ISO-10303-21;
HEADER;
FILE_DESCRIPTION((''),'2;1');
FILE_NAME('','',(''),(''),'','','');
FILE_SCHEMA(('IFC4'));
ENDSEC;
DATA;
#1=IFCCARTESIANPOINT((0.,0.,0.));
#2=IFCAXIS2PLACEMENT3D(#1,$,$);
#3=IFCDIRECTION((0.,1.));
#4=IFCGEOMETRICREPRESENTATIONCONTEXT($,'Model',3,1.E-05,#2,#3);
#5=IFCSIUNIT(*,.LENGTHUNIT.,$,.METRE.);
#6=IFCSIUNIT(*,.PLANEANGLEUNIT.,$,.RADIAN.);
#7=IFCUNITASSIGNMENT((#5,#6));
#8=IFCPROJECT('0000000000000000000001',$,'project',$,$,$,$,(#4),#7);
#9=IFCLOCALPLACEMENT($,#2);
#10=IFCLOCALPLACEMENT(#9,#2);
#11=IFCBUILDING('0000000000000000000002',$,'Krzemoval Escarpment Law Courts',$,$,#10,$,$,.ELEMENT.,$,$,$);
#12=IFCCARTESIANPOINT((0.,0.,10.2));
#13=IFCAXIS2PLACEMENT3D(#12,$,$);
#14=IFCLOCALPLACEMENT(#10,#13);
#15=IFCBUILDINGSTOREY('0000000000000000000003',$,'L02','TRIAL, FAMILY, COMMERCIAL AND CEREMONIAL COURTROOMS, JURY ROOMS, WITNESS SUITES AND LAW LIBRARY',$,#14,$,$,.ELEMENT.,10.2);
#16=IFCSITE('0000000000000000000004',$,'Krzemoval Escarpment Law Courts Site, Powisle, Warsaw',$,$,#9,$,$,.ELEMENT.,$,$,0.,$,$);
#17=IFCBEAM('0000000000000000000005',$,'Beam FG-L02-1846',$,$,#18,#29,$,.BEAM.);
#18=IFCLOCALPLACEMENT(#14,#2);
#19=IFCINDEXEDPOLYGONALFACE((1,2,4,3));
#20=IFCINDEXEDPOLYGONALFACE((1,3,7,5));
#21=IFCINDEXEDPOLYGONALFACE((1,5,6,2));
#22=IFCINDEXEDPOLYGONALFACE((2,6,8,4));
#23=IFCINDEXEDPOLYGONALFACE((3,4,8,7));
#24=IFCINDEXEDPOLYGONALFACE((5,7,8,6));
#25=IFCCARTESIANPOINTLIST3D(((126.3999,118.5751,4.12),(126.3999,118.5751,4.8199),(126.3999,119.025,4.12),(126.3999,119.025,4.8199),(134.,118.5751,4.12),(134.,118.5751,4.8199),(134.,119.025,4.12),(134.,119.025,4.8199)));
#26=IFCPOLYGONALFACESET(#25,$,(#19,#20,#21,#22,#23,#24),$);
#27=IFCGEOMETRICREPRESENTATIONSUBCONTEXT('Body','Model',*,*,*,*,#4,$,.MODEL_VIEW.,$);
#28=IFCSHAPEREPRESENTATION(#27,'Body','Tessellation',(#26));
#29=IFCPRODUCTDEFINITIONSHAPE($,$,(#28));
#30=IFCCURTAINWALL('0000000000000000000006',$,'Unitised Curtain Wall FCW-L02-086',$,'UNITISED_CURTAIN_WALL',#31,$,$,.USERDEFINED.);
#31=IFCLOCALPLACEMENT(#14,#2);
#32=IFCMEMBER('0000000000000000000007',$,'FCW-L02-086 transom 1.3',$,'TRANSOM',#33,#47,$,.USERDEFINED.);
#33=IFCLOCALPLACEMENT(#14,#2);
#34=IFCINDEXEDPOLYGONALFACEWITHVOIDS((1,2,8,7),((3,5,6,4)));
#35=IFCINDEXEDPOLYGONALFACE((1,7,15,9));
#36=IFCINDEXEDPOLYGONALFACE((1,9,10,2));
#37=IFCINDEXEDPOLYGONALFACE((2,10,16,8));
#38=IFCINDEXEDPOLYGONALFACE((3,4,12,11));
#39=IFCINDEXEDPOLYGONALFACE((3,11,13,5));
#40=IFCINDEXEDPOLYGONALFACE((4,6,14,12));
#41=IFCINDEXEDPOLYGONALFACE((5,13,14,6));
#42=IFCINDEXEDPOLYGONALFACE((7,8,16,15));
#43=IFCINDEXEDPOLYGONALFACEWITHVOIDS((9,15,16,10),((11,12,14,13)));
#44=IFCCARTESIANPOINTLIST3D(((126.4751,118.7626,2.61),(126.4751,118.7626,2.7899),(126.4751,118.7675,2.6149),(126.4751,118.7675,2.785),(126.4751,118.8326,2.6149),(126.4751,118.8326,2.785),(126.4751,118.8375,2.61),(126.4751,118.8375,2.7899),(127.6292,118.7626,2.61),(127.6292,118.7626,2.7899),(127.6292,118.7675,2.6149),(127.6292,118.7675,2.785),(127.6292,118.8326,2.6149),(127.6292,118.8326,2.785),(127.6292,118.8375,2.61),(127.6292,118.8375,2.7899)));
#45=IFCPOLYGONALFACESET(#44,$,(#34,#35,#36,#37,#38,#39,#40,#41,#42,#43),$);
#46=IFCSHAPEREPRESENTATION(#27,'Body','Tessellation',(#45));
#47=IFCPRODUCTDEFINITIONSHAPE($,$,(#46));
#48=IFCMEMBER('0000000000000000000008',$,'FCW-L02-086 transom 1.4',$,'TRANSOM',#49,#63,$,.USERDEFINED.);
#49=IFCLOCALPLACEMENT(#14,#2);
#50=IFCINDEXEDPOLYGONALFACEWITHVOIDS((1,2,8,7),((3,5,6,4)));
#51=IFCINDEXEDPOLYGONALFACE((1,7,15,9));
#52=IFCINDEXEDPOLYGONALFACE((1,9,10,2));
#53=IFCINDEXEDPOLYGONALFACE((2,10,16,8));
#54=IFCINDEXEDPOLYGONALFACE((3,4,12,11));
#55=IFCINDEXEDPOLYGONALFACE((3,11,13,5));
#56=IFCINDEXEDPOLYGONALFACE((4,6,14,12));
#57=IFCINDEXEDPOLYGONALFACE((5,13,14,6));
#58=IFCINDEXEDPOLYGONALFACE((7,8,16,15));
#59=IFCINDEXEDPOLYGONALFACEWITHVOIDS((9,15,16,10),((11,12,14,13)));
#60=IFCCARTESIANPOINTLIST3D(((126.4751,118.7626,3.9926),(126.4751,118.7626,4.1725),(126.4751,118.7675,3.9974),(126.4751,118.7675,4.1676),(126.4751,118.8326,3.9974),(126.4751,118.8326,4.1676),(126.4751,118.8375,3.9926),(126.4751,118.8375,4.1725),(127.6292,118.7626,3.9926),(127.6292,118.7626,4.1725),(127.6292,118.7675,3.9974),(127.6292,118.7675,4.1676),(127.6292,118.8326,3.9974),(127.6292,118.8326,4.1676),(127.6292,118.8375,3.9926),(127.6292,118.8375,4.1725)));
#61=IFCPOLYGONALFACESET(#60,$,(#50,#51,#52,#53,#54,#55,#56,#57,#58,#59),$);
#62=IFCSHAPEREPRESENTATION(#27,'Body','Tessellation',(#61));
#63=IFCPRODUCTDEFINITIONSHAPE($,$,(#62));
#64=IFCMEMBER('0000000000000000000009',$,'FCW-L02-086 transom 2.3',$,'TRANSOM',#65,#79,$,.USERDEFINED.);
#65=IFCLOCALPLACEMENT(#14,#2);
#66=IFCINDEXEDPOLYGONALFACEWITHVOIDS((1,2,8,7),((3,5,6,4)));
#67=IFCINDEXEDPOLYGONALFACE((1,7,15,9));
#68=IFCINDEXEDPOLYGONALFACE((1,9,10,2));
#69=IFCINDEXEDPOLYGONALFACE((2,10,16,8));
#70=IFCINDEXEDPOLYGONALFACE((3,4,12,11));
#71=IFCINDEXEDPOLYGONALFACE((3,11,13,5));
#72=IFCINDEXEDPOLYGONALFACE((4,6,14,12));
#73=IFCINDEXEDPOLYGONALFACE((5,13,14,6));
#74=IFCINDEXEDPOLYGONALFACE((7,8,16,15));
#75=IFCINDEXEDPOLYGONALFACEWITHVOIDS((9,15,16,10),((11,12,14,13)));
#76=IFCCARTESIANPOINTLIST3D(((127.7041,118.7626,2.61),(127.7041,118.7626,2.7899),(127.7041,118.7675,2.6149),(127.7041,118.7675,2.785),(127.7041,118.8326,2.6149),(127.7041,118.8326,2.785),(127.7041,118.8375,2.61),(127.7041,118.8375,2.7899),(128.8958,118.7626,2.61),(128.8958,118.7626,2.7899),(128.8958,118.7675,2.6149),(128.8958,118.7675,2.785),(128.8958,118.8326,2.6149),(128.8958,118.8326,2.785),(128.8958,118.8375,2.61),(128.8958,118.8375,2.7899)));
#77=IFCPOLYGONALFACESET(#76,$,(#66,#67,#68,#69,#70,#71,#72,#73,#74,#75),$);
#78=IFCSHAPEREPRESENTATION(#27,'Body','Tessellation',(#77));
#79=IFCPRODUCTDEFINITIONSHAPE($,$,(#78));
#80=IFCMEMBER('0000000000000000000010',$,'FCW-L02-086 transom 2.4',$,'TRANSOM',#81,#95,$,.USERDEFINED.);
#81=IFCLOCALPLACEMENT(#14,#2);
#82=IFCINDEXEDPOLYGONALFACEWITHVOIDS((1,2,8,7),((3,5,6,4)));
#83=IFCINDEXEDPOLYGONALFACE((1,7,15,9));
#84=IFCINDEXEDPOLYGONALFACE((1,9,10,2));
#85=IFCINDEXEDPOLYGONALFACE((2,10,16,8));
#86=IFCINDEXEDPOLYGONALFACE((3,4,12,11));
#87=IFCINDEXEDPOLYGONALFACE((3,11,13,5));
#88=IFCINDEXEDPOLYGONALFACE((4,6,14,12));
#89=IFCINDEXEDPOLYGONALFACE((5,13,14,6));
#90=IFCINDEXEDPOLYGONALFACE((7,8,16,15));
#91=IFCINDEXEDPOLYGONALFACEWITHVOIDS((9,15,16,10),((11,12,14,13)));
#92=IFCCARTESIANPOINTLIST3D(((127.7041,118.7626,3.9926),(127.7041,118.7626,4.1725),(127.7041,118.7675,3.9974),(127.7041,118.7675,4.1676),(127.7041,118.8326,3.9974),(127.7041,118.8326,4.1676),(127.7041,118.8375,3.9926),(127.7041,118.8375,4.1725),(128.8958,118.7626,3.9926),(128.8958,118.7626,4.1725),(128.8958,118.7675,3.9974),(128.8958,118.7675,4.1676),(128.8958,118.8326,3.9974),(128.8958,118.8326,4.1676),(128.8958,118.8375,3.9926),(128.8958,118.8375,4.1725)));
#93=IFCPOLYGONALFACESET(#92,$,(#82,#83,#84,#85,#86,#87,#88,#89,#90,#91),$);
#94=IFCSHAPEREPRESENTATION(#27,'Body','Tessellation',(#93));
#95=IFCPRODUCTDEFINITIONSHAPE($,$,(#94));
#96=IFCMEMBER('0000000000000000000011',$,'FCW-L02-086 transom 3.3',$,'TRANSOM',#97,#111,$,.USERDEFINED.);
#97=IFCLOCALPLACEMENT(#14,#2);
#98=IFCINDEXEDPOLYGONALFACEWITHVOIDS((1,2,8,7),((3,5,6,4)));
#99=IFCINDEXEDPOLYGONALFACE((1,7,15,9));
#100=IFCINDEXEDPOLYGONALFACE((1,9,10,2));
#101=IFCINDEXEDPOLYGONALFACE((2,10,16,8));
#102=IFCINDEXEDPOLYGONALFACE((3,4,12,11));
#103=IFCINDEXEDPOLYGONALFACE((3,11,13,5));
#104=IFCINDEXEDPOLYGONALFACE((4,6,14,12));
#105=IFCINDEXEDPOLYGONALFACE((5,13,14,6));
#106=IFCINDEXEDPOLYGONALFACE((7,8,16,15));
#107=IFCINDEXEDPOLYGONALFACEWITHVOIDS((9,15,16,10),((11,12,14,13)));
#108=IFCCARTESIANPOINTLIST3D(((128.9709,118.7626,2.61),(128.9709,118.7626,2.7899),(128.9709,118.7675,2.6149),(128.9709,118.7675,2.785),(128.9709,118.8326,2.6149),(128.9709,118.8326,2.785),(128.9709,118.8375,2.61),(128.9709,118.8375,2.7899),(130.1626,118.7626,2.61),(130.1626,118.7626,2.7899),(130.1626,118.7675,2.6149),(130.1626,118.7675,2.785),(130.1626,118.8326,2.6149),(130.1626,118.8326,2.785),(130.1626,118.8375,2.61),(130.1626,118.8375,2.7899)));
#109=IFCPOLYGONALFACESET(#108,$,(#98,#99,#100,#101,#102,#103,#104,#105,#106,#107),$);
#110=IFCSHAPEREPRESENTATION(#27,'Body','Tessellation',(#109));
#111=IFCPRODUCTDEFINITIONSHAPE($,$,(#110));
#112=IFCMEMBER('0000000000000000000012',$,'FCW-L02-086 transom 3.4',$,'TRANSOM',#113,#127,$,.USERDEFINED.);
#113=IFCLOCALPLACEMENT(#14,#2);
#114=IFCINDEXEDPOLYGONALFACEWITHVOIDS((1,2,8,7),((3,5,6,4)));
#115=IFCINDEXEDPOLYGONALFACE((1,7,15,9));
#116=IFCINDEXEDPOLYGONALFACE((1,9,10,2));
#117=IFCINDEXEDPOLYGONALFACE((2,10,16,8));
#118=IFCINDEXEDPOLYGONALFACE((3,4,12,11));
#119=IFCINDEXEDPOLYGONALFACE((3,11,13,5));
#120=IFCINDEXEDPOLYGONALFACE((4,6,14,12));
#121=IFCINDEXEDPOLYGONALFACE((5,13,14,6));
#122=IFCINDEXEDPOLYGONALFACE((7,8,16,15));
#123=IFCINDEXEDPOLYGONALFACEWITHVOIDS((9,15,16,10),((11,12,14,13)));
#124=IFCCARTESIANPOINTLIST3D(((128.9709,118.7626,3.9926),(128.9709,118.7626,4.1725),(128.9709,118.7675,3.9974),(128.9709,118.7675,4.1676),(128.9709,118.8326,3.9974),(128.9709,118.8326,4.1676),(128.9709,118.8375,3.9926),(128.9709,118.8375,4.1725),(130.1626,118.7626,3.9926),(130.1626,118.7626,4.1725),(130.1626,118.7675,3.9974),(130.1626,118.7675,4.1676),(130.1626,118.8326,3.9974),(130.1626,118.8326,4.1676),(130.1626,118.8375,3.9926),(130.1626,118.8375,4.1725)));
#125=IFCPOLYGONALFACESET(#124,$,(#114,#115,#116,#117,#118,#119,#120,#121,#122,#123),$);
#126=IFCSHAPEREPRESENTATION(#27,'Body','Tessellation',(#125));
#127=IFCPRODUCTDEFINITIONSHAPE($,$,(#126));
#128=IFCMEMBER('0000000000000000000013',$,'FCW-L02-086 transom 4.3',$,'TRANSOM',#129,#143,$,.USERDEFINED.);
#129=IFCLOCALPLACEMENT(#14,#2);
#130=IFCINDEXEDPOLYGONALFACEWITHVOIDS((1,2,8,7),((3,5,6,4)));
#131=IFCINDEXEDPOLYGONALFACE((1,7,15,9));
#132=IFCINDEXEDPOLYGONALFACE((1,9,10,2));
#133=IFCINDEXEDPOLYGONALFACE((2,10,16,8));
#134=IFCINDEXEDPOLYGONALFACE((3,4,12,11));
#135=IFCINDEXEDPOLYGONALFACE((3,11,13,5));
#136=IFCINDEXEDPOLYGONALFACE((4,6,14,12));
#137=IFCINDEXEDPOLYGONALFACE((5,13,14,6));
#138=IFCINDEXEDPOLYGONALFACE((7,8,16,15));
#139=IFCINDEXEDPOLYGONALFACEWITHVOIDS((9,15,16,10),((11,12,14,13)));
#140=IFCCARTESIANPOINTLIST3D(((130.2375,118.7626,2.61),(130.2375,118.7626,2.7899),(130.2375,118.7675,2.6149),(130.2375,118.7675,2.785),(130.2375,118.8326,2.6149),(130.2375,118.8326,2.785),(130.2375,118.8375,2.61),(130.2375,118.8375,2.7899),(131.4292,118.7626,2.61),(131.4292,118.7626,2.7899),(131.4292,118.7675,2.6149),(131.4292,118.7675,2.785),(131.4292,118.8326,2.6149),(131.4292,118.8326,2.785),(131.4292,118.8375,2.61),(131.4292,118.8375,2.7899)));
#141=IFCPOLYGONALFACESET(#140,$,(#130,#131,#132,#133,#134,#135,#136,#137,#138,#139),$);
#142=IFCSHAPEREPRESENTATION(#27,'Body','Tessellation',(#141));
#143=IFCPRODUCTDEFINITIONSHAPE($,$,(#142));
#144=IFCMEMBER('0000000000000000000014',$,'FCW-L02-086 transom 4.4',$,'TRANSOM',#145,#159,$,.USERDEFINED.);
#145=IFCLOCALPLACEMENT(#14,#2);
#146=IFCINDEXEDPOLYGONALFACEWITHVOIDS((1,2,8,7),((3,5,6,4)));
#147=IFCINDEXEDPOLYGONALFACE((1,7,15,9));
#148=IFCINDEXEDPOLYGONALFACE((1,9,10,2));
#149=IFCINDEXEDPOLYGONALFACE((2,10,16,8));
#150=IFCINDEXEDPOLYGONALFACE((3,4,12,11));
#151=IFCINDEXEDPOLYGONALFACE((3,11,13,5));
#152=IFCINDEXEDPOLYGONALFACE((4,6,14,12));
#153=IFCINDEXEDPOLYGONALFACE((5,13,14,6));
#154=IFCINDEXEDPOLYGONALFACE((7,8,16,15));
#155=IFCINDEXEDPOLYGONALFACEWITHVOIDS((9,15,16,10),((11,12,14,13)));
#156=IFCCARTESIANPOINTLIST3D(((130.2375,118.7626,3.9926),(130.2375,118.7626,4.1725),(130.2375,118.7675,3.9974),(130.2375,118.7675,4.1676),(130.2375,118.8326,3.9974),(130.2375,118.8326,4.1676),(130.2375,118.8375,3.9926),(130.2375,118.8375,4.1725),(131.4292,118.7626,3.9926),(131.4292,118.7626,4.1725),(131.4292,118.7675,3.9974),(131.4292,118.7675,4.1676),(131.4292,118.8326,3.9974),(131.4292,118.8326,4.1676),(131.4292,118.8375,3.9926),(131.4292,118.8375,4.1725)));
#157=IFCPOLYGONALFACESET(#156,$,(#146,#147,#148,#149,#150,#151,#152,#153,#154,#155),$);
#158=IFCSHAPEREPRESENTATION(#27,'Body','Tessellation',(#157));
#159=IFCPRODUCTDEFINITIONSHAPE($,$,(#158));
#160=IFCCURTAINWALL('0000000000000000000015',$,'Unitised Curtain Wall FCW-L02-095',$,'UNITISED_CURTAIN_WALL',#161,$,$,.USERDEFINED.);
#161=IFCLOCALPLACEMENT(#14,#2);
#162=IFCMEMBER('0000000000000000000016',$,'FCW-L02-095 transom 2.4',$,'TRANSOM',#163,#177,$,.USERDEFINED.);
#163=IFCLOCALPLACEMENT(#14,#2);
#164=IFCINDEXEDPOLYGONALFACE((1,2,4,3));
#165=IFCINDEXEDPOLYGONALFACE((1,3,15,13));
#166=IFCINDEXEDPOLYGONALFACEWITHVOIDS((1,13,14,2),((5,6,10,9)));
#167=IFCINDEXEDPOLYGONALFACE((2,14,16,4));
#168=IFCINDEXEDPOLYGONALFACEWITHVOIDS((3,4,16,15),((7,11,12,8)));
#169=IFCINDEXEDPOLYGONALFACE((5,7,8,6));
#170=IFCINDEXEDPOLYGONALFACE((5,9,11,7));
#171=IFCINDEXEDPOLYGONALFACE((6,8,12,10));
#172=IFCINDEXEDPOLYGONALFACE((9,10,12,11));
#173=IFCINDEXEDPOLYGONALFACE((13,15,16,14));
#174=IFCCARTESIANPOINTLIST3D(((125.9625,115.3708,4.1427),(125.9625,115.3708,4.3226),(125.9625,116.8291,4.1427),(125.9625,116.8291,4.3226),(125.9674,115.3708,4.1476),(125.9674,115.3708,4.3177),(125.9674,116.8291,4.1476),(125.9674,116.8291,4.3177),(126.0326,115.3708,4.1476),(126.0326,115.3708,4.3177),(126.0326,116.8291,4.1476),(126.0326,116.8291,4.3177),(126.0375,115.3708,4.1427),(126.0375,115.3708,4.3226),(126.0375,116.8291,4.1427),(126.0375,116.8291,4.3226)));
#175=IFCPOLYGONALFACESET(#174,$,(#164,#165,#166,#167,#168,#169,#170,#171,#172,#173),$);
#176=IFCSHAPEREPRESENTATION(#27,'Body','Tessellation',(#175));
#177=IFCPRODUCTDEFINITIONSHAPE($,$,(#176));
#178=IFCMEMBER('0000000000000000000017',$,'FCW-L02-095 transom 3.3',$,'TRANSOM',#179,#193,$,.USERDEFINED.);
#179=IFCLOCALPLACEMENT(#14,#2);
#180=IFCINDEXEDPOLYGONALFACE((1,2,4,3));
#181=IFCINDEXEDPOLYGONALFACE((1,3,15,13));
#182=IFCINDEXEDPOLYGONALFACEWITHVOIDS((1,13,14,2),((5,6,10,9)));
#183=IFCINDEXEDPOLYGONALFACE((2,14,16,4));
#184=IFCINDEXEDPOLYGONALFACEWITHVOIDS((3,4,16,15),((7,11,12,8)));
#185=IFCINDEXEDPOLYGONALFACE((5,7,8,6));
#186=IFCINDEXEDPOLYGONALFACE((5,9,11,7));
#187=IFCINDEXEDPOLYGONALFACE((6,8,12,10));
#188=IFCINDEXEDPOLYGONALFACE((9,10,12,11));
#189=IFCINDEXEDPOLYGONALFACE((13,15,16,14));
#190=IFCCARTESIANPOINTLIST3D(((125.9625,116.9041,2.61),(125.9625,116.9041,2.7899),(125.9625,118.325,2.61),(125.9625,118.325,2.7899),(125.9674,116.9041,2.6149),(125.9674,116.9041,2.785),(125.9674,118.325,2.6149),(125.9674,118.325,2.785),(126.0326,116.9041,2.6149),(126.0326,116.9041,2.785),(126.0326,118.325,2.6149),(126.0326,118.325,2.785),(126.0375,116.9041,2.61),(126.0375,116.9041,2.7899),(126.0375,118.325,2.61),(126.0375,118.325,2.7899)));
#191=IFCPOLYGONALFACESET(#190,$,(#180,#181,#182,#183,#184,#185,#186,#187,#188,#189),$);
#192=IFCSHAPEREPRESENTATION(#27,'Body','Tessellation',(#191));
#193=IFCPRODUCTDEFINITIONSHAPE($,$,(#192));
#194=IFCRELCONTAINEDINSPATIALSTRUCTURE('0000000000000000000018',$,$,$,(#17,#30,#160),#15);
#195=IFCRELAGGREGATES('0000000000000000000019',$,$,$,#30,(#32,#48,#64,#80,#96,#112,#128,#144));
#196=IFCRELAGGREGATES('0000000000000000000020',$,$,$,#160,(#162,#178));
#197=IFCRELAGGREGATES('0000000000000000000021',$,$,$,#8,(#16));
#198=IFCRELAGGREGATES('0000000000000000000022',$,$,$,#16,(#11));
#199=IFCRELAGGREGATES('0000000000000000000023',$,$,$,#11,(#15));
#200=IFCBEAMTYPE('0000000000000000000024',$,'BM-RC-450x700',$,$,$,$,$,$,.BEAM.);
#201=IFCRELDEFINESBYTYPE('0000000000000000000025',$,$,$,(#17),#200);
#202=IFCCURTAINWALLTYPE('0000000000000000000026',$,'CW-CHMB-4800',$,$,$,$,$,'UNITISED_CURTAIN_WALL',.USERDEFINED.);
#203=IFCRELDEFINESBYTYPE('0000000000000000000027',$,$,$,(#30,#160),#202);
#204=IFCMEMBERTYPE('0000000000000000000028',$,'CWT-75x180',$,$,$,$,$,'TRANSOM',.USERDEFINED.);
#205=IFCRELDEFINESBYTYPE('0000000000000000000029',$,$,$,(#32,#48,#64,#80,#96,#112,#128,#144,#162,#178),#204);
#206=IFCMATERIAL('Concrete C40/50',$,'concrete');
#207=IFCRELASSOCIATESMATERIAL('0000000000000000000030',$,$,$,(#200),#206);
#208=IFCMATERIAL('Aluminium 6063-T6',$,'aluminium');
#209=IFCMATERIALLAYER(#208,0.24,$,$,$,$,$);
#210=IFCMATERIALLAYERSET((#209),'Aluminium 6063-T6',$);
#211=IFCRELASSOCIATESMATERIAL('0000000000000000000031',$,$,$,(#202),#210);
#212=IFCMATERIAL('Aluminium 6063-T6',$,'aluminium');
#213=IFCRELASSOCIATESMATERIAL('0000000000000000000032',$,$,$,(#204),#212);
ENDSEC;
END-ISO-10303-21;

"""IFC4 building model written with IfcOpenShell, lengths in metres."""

from ifc_helpers import new_model, si_unit, direction, frame, origin, origin_2d, place, context, subcontext, project, spatial, rectangle, hollow_rectangle, extrude, material, layer, layer_set, material_profile, profile_set, type_object, element, aggregate, save


model = new_model("IFC4")

# Units and contexts
model_context = context("Model", 3, precision=1e-05, world=origin(), true_north=direction((0.0, 1.0)))
body_context = subcontext(model_context, "Body", "Model", "MODEL_VIEW")
ifc_project = project(units=[si_unit("LENGTHUNIT", "METRE"), si_unit("PLANEANGLEUNIT", "RADIAN")], contexts=[model_context])

# Site, building, storey
site_placement = place(None, origin())
site = spatial("IfcSite", under=ifc_project, at=site_placement, Name="Krzemoval Escarpment Law Courts Site, Powisle, Warsaw", CompositionType="ELEMENT", RefElevation=0.0)
building_placement = place(site_placement, origin())
building = spatial("IfcBuilding", under=site, at=building_placement, Name="Krzemoval Escarpment Law Courts", CompositionType="ELEMENT")
storey_placement = place(building_placement, frame((0.0, 0.0, 10.2)))
storey = spatial("IfcBuildingStorey", under=building, at=storey_placement, Name="L02", Description="TRIAL, FAMILY, COMMERCIAL AND CEREMONIAL COURTROOMS, JURY ROOMS, WITNESS SUITES AND LAW LIBRARY", CompositionType="ELEMENT", Elevation=10.2)

# Beam
ifc_material_1 = material(Name="Concrete C40/50", Category="concrete")
ifc_material_profile_1 = material_profile(ifc_material_1, rectangle(XDim=0.45, YDim=0.7, at=origin_2d()), Name="RCB 450x700")
ifc_profile_set_1 = profile_set([ifc_material_profile_1], Name="Concrete C40/50")
beam_type = type_object("IfcBeamType", Name="BM-RC-450x700", PredefinedType="BEAM", material=ifc_profile_set_1)
beam_placement = place(storey_placement, frame((126.3999, 118.8, 4.47), z_axis=(1.0, 0.0, 0.0), x_axis=(0.0, 1.0, 0.0)))
element("IfcBeam", 1, at=beam_placement, inside=storey, type_object=beam_type, Name="Beam FG-L02-1846", PredefinedType="BEAM", context=body_context, shape_type="SweptSolid", body=[
    extrude(rectangle(XDim=0.45, YDim=0.7, at=origin_2d()), origin(), (0.0, 0.0, 1.0), 7.6001),
])

# Curtain walls, members
ifc_material_2 = material(Name="Aluminium 6063-T6", Category="aluminium")
ifc_layer_1 = layer(ifc_material_2, 0.24)
ifc_layer_set_1 = layer_set([ifc_layer_1], Name="Aluminium 6063-T6")
curtain_wall_type = type_object("IfcCurtainWallType", Name="CW-CHMB-4800", ElementType="UNITISED_CURTAIN_WALL", PredefinedType="USERDEFINED", material=ifc_layer_set_1)
curtain_wall_1_placement = place(storey_placement, origin())
curtain_wall_1 = element("IfcCurtainWall", 2, at=curtain_wall_1_placement, inside=storey, type_object=curtain_wall_type, Name="Unitised Curtain Wall FCW-L02-086", ObjectType="UNITISED_CURTAIN_WALL", PredefinedType="USERDEFINED")
ifc_material_3 = material(Name="Aluminium 6063-T6", Category="aluminium")
ifc_material_profile_2 = material_profile(ifc_material_3, hollow_rectangle(XDim=0.075, YDim=0.1799, WallThickness=0.0049, at=origin_2d()), Name="ALU T75x180")
ifc_profile_set_2 = profile_set([ifc_material_profile_2], Name="Aluminium 6063-T6")
member_type = type_object("IfcMemberType", Name="CWT-75x180", ElementType="TRANSOM", PredefinedType="USERDEFINED", material=ifc_profile_set_2)
member_1_placement = place(storey_placement, frame((126.4751, 118.8, 2.7), z_axis=(1.0, 0.0, 0.0), x_axis=(0.0, 1.0, 0.0)))
member_1 = element("IfcMember", 3, at=member_1_placement, type_object=member_type, Name="FCW-L02-086 transom 1.3", ObjectType="TRANSOM", PredefinedType="USERDEFINED", context=body_context, shape_type="SweptSolid", body=[
    extrude(hollow_rectangle(XDim=0.075, YDim=0.1799, WallThickness=0.0049, at=origin_2d()), origin(), (0.0, 0.0, 1.0), 1.1541),
])
member_2_placement = place(storey_placement, frame((126.4751, 118.8, 4.0825), z_axis=(1.0, 0.0, 0.0), x_axis=(0.0, 1.0, 0.0)))
member_2 = element("IfcMember", 4, at=member_2_placement, type_object=member_type, Name="FCW-L02-086 transom 1.4", ObjectType="TRANSOM", PredefinedType="USERDEFINED", context=body_context, shape_type="SweptSolid", body=[
    extrude(hollow_rectangle(XDim=0.075, YDim=0.1799, WallThickness=0.0049, at=origin_2d()), origin(), (0.0, 0.0, 1.0), 1.1541),
])
member_3_placement = place(storey_placement, frame((127.7041, 118.8, 2.7), z_axis=(1.0, 0.0, 0.0), x_axis=(0.0, 1.0, 0.0)))
member_3 = element("IfcMember", 5, at=member_3_placement, type_object=member_type, Name="FCW-L02-086 transom 2.3", ObjectType="TRANSOM", PredefinedType="USERDEFINED", context=body_context, shape_type="SweptSolid", body=[
    extrude(hollow_rectangle(XDim=0.075, YDim=0.1799, WallThickness=0.0049, at=origin_2d()), origin(), (0.0, 0.0, 1.0), 1.1917),
])
member_4_placement = place(storey_placement, frame((127.7041, 118.8, 4.0825), z_axis=(1.0, 0.0, 0.0), x_axis=(0.0, 1.0, 0.0)))
member_4 = element("IfcMember", 6, at=member_4_placement, type_object=member_type, Name="FCW-L02-086 transom 2.4", ObjectType="TRANSOM", PredefinedType="USERDEFINED", context=body_context, shape_type="SweptSolid", body=[
    extrude(hollow_rectangle(XDim=0.075, YDim=0.1799, WallThickness=0.0049, at=origin_2d()), origin(), (0.0, 0.0, 1.0), 1.1917),
])
member_5_placement = place(storey_placement, frame((128.9709, 118.8, 2.7), z_axis=(1.0, 0.0, 0.0), x_axis=(0.0, 1.0, 0.0)))
member_5 = element("IfcMember", 7, at=member_5_placement, type_object=member_type, Name="FCW-L02-086 transom 3.3", ObjectType="TRANSOM", PredefinedType="USERDEFINED", context=body_context, shape_type="SweptSolid", body=[
    extrude(hollow_rectangle(XDim=0.075, YDim=0.1799, WallThickness=0.0049, at=origin_2d()), origin(), (0.0, 0.0, 1.0), 1.1917),
])
member_6_placement = place(storey_placement, frame((128.9709, 118.8, 4.0825), z_axis=(1.0, 0.0, 0.0), x_axis=(0.0, 1.0, 0.0)))
member_6 = element("IfcMember", 8, at=member_6_placement, type_object=member_type, Name="FCW-L02-086 transom 3.4", ObjectType="TRANSOM", PredefinedType="USERDEFINED", context=body_context, shape_type="SweptSolid", body=[
    extrude(hollow_rectangle(XDim=0.075, YDim=0.1799, WallThickness=0.0049, at=origin_2d()), origin(), (0.0, 0.0, 1.0), 1.1917),
])
member_7_placement = place(storey_placement, frame((130.2375, 118.8, 2.7), z_axis=(1.0, 0.0, 0.0), x_axis=(0.0, 1.0, 0.0)))
member_7 = element("IfcMember", 9, at=member_7_placement, type_object=member_type, Name="FCW-L02-086 transom 4.3", ObjectType="TRANSOM", PredefinedType="USERDEFINED", context=body_context, shape_type="SweptSolid", body=[
    extrude(hollow_rectangle(XDim=0.075, YDim=0.1799, WallThickness=0.0049, at=origin_2d()), origin(), (0.0, 0.0, 1.0), 1.1917),
])
member_8_placement = place(storey_placement, frame((130.2375, 118.8, 4.0825), z_axis=(1.0, 0.0, 0.0), x_axis=(0.0, 1.0, 0.0)))
member_8 = element("IfcMember", 10, at=member_8_placement, type_object=member_type, Name="FCW-L02-086 transom 4.4", ObjectType="TRANSOM", PredefinedType="USERDEFINED", context=body_context, shape_type="SweptSolid", body=[
    extrude(hollow_rectangle(XDim=0.075, YDim=0.1799, WallThickness=0.0049, at=origin_2d()), origin(), (0.0, 0.0, 1.0), 1.1917),
])
curtain_wall_2_placement = place(storey_placement, origin())
curtain_wall_2 = element("IfcCurtainWall", 11, at=curtain_wall_2_placement, inside=storey, type_object=curtain_wall_type, Name="Unitised Curtain Wall FCW-L02-095", ObjectType="UNITISED_CURTAIN_WALL", PredefinedType="USERDEFINED")
member_9_placement = place(storey_placement, frame((126.0, 115.3708, 4.2327), z_axis=(0.0, 1.0, 0.0), x_axis=(-1.0, 0.0, 0.0)))
member_9 = element("IfcMember", 12, at=member_9_placement, type_object=member_type, Name="FCW-L02-095 transom 2.4", ObjectType="TRANSOM", PredefinedType="USERDEFINED", context=body_context, shape_type="SweptSolid", body=[
    extrude(hollow_rectangle(XDim=0.075, YDim=0.1799, WallThickness=0.0049, at=origin_2d()), origin(), (0.0, 0.0, 1.0), 1.4583),
])
member_10_placement = place(storey_placement, frame((126.0, 116.9041, 2.7), z_axis=(0.0, 1.0, 0.0), x_axis=(-1.0, 0.0, 0.0)))
member_10 = element("IfcMember", 13, at=member_10_placement, type_object=member_type, Name="FCW-L02-095 transom 3.3", ObjectType="TRANSOM", PredefinedType="USERDEFINED", context=body_context, shape_type="SweptSolid", body=[
    extrude(hollow_rectangle(XDim=0.075, YDim=0.1799, WallThickness=0.0049, at=origin_2d()), origin(), (0.0, 0.0, 1.0), 1.4209),
])

aggregate(curtain_wall_1, [member_1, member_2, member_3, member_4, member_5, member_6, member_7, member_8])
aggregate(curtain_wall_2, [member_9, member_10])

save(model, "model.ifc")
